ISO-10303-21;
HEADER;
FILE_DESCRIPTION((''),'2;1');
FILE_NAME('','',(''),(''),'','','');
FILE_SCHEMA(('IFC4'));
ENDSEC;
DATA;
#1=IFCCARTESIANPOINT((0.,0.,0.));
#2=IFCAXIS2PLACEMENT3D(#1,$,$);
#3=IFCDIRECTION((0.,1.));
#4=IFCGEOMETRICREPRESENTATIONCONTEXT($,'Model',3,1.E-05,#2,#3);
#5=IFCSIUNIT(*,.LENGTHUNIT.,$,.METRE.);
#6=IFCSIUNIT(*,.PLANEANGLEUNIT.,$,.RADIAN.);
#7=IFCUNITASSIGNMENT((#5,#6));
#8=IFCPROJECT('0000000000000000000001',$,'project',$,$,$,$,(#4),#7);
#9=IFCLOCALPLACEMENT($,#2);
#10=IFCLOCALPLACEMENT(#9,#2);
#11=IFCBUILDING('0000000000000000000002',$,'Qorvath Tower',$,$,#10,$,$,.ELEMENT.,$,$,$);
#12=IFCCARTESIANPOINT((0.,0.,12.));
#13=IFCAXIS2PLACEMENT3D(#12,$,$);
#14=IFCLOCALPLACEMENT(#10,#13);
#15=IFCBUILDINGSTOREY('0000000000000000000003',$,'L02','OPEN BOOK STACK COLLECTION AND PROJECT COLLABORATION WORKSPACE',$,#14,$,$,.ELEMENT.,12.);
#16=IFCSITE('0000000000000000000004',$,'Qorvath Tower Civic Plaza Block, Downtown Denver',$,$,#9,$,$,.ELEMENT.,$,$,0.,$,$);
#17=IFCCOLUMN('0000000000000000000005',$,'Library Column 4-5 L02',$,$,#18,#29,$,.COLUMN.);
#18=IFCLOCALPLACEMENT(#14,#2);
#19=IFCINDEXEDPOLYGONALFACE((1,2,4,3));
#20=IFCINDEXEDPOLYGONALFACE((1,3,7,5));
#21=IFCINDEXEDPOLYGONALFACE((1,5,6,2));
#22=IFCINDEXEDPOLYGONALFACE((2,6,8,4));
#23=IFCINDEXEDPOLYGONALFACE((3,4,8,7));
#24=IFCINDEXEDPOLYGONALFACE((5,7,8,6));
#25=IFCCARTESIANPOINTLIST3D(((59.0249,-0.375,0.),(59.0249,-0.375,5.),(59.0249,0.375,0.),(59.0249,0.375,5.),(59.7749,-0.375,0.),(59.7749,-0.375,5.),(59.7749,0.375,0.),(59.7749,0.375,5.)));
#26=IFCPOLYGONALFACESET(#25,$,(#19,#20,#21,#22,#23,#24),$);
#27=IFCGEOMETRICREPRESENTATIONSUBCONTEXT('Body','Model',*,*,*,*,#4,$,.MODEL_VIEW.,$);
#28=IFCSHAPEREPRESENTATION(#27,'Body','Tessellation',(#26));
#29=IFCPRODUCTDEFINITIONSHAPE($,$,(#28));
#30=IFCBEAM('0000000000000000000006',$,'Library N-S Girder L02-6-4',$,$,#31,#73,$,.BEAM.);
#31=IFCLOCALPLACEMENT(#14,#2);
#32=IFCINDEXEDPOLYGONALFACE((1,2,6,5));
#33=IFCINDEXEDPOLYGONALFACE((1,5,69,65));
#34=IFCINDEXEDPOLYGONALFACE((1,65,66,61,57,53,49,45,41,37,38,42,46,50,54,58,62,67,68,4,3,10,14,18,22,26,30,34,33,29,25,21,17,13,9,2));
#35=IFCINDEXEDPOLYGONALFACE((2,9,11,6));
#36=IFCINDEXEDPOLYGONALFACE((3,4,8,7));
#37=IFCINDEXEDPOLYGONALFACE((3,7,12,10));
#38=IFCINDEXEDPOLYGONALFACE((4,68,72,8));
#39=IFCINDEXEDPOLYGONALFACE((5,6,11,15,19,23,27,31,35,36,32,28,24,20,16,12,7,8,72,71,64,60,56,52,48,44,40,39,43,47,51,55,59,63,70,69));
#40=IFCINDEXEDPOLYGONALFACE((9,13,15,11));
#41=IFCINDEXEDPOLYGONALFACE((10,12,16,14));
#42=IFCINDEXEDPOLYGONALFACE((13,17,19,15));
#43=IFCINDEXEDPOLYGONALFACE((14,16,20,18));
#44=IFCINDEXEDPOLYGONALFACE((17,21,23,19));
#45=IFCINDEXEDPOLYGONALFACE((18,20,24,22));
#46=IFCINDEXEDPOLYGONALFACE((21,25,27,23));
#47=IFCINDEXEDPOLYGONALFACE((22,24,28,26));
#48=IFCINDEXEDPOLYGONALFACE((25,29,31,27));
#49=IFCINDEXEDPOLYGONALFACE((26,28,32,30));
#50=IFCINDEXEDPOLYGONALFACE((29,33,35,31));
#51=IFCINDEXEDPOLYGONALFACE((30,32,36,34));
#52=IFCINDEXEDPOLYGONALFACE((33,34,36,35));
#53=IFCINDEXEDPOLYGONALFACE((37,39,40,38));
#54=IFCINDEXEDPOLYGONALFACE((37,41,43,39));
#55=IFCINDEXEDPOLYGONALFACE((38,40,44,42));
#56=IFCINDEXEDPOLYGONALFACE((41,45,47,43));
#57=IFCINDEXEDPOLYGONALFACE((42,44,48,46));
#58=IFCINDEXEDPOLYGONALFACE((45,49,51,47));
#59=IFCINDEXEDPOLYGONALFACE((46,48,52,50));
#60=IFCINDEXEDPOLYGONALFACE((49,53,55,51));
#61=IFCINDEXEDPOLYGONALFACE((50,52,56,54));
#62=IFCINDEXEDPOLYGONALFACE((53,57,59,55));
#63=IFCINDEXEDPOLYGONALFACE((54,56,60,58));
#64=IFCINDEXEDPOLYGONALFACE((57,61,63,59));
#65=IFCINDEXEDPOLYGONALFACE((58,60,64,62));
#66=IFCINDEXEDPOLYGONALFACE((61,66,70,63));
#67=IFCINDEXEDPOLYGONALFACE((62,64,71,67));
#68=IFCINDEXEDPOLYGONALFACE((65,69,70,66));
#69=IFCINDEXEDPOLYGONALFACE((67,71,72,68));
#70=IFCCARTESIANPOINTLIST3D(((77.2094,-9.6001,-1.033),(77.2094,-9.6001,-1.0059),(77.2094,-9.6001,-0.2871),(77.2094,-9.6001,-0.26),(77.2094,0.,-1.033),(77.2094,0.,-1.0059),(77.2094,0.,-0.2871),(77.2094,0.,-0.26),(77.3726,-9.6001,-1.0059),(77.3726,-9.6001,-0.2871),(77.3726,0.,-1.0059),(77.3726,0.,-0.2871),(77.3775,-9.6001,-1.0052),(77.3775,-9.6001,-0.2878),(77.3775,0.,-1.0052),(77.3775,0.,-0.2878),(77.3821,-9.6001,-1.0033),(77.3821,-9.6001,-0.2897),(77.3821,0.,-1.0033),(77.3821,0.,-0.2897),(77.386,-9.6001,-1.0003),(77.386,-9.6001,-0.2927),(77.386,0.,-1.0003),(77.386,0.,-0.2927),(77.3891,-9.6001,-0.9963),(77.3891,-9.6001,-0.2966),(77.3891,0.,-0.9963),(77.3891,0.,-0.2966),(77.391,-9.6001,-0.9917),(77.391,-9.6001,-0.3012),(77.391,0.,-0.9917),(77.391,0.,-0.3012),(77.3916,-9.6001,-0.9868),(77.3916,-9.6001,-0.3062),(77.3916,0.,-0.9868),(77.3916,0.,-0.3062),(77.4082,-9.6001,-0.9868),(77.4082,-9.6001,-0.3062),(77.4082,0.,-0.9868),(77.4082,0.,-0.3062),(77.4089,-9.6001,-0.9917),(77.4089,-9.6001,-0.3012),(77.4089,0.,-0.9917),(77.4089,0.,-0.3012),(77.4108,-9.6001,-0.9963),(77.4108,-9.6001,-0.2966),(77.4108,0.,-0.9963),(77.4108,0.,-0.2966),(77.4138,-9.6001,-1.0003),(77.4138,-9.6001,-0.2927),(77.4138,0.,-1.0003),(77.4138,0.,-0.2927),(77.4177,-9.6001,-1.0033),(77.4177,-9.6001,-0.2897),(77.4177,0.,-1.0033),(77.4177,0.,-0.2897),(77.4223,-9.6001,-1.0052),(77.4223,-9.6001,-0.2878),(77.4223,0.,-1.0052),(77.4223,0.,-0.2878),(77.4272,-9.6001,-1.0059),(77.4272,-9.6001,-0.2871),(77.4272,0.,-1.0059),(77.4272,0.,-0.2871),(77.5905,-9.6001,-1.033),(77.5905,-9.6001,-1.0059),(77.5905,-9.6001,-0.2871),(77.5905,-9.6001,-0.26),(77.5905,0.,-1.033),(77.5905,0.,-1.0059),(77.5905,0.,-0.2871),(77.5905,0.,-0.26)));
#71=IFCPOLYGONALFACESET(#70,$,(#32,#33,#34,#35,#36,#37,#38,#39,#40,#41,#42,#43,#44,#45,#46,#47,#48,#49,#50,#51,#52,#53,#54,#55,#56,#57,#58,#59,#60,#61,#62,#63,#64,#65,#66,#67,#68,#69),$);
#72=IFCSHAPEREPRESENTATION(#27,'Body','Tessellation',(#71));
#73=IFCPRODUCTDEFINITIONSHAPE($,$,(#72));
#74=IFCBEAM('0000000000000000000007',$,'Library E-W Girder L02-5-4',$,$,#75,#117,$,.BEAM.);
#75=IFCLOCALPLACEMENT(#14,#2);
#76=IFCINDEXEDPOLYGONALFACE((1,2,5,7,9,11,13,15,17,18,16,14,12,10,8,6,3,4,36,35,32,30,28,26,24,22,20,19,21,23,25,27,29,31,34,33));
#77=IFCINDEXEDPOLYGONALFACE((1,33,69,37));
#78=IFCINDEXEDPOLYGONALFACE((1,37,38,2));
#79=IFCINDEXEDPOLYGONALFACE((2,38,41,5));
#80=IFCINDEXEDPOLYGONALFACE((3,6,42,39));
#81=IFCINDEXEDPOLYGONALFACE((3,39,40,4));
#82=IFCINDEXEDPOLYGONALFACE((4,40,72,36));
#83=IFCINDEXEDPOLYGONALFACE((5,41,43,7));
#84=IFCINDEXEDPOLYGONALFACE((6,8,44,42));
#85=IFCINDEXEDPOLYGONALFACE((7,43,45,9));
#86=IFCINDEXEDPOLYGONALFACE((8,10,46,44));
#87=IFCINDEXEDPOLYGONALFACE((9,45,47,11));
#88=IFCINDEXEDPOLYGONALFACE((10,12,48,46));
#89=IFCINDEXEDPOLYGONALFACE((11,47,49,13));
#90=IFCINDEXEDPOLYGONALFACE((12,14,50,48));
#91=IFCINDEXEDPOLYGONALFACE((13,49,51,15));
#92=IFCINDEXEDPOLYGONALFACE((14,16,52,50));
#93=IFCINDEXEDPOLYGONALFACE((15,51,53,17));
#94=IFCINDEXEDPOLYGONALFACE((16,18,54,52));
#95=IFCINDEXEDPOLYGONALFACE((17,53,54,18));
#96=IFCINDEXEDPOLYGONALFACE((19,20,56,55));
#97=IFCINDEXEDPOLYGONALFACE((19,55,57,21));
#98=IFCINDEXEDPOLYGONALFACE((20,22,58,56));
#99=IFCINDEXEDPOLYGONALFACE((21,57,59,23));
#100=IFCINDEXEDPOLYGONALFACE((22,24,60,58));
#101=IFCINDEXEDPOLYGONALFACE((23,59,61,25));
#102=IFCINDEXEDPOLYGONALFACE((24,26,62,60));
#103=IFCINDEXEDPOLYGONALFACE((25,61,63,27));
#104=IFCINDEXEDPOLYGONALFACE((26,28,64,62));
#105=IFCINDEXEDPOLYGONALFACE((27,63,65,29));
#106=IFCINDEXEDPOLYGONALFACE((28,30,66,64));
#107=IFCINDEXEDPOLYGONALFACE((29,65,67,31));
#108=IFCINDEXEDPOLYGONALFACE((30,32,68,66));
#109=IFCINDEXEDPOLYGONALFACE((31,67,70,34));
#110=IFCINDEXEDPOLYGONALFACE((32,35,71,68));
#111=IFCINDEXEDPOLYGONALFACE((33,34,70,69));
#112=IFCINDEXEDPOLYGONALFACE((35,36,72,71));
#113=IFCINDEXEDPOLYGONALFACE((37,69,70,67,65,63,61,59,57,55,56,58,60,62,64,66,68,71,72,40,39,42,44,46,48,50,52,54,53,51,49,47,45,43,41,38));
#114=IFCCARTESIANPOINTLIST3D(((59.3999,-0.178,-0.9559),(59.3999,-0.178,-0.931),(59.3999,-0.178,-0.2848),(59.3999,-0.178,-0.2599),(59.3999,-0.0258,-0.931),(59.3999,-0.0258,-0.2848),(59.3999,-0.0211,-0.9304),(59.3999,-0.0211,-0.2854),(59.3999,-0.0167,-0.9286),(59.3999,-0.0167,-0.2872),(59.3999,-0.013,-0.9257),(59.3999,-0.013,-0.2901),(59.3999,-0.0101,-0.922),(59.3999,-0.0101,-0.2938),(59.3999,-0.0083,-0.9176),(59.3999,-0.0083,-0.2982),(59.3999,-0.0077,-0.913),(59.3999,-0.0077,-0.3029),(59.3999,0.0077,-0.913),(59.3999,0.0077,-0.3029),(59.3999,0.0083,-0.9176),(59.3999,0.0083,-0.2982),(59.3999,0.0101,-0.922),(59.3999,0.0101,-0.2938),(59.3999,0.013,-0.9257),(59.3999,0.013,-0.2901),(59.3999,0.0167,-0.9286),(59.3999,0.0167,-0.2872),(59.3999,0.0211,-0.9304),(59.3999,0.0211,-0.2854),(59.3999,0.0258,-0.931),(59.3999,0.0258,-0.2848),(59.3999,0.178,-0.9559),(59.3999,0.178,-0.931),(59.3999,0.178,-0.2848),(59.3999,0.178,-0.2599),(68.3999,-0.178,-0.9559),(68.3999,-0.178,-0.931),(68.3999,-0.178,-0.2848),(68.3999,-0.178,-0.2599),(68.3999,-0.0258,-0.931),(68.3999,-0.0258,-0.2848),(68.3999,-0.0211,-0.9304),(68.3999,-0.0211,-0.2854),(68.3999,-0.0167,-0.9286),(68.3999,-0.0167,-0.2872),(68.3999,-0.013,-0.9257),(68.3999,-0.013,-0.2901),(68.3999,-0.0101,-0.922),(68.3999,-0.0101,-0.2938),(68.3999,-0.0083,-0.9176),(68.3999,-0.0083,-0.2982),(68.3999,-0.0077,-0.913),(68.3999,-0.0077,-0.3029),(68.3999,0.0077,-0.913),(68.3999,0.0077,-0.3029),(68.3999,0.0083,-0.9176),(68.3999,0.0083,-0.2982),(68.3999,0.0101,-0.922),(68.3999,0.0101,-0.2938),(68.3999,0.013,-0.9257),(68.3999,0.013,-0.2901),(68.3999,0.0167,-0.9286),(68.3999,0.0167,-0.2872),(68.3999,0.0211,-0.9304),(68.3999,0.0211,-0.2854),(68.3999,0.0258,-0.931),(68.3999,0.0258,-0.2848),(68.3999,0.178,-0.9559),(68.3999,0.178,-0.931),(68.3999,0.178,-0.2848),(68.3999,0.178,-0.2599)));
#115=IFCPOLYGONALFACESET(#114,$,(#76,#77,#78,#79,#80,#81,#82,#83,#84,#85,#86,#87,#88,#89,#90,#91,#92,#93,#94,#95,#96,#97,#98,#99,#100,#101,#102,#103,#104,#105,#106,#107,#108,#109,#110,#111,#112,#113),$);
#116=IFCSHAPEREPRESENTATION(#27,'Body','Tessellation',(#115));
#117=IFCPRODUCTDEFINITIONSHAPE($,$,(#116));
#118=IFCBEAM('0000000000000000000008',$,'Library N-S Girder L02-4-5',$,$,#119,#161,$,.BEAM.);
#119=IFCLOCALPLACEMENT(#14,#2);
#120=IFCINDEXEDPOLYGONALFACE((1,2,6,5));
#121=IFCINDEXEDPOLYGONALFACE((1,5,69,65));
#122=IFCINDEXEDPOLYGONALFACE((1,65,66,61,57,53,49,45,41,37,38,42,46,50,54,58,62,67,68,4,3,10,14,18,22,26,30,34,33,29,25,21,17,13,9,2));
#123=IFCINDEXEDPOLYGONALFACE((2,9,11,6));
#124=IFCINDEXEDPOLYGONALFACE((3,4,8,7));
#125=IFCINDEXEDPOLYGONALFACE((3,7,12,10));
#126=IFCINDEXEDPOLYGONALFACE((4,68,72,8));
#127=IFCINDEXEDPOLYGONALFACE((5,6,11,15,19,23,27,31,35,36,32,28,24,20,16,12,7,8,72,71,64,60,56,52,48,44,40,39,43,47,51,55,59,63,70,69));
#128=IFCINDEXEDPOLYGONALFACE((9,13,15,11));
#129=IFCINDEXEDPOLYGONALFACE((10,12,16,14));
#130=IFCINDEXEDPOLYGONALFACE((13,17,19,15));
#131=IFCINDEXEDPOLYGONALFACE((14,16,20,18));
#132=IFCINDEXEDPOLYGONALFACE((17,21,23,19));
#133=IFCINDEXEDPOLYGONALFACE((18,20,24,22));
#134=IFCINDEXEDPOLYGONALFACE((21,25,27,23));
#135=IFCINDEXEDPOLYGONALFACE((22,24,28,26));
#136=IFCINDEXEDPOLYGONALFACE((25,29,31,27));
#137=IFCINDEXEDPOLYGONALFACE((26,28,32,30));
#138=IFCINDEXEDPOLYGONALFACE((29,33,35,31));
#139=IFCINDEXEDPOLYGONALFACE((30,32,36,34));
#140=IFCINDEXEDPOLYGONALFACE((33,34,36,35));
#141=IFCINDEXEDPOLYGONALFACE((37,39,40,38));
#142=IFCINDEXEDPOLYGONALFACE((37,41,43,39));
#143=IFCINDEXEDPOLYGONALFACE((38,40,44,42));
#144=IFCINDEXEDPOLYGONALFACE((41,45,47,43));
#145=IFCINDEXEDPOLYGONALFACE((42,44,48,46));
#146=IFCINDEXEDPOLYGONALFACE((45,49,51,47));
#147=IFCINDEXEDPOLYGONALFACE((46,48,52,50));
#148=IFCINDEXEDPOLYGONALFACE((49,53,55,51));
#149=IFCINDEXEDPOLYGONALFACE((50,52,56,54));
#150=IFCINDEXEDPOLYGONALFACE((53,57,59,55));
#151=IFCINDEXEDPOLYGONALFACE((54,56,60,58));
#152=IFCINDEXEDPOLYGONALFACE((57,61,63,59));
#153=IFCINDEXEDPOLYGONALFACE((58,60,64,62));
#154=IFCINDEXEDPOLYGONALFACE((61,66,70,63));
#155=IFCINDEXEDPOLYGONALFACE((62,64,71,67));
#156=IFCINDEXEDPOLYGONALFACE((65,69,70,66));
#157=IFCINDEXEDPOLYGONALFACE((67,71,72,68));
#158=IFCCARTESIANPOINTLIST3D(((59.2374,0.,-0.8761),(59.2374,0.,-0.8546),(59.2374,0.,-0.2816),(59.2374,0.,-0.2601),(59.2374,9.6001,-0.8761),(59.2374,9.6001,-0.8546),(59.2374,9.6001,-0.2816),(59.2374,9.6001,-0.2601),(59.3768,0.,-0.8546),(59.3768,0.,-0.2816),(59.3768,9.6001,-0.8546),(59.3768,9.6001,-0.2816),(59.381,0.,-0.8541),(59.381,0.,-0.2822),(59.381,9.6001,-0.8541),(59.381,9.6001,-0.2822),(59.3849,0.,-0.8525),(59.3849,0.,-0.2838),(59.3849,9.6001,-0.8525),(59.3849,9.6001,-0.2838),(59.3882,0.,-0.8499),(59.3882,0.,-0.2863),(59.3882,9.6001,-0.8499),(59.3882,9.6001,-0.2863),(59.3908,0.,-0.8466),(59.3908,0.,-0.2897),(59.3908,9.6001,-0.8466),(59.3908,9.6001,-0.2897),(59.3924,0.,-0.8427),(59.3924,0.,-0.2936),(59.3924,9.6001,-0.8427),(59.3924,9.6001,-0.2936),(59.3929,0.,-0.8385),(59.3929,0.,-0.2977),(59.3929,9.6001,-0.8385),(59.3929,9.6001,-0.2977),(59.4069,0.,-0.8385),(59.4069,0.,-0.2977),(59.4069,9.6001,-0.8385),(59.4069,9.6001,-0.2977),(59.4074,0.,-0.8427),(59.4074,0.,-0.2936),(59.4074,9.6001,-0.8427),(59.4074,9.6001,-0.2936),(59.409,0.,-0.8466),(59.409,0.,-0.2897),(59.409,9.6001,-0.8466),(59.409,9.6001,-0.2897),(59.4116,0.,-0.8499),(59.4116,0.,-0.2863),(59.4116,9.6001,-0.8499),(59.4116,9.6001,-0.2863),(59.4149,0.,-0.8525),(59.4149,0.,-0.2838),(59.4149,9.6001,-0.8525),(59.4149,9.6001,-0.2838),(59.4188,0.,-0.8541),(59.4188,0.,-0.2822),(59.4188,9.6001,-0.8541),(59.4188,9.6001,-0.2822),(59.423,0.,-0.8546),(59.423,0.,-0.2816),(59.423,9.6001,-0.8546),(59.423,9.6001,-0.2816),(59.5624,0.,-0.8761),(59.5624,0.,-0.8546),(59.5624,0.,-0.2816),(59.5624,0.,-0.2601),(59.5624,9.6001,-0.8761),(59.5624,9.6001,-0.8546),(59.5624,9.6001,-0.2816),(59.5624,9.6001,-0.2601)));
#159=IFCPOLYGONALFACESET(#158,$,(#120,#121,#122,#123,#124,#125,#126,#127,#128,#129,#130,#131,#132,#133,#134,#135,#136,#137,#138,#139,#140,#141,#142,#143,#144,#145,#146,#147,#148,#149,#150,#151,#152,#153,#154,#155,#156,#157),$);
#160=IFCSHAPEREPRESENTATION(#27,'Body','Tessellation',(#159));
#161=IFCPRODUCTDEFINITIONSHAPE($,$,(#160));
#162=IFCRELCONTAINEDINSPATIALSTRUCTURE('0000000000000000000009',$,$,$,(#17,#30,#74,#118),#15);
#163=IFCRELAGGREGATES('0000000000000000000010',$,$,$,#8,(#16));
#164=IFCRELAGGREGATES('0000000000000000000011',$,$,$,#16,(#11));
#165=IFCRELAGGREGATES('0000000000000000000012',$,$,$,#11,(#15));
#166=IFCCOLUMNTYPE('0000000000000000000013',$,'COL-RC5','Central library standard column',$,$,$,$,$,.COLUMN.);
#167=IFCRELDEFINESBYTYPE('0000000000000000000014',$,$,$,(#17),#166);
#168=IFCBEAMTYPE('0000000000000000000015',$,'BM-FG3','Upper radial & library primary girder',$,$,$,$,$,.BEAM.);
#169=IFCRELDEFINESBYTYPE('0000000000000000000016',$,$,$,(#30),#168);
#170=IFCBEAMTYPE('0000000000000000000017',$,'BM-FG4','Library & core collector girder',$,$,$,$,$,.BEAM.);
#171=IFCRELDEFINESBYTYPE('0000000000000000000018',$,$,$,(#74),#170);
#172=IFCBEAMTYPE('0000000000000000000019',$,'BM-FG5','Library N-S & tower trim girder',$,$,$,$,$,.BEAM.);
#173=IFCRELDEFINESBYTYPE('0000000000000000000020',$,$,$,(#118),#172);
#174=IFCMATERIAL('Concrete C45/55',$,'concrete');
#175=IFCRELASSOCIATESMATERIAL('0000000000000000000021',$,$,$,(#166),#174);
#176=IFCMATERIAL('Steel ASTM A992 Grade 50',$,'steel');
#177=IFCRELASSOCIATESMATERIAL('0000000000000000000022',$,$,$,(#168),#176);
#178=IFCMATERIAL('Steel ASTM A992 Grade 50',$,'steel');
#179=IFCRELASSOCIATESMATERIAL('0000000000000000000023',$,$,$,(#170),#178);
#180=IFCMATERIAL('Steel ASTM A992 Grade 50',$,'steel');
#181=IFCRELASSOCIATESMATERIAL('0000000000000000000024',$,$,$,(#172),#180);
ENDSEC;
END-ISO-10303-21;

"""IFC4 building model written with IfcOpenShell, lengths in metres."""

from ifc_helpers import new_model, si_unit, direction, frame, origin, origin_2d, place, context, subcontext, project, spatial, rectangle, i_section, extrude, material, material_profile, profile_set, type_object, element, save


model = new_model("IFC4")

# Units and contexts
model_context = context("Model", 3, precision=1e-05, world=origin(), true_north=direction((0.0, 1.0)))
body_context = subcontext(model_context, "Body", "Model", "MODEL_VIEW")
ifc_project = project(units=[si_unit("LENGTHUNIT", "METRE"), si_unit("PLANEANGLEUNIT", "RADIAN")], contexts=[model_context])

# Site, building, storey
site_placement = place(None, origin())
site = spatial("IfcSite", under=ifc_project, at=site_placement, Name="Qorvath Tower Civic Plaza Block, Downtown Denver", CompositionType="ELEMENT", RefElevation=0.0)
building_placement = place(site_placement, origin())
building = spatial("IfcBuilding", under=site, at=building_placement, Name="Qorvath Tower", CompositionType="ELEMENT")
storey_placement = place(building_placement, frame((0.0, 0.0, 12.0)))
storey = spatial("IfcBuildingStorey", under=building, at=storey_placement, Name="L02", Description="OPEN BOOK STACK COLLECTION AND PROJECT COLLABORATION WORKSPACE", CompositionType="ELEMENT", Elevation=12.0)

# Column
ifc_material_1 = material(Name="Concrete C45/55", Category="concrete")
ifc_material_profile_1 = material_profile(ifc_material_1, rectangle(XDim=0.75, YDim=0.75, at=origin_2d()), Name="RC 750x750")
ifc_profile_set_1 = profile_set([ifc_material_profile_1], Name="Concrete C45/55")
column_type = type_object("IfcColumnType", Name="COL-RC5", Description="Central library standard column", PredefinedType="COLUMN", material=ifc_profile_set_1)
column_placement = place(storey_placement, frame((59.3999, 0.0, 0.0), z_axis=(0.0, 0.0, 1.0), x_axis=(1.0, 0.0, 0.0)))
element("IfcColumn", 1, at=column_placement, inside=storey, type_object=column_type, Name="Library Column 4-5 L02", PredefinedType="COLUMN", context=body_context, shape_type="SweptSolid", body=[
    extrude(rectangle(XDim=0.75, YDim=0.75, at=origin_2d()), origin(), (0.0, 0.0, 1.0), 5.0),
])

# Beams
ifc_material_2 = material(Name="Steel ASTM A992 Grade 50", Category="steel")
ifc_material_profile_2 = material_profile(ifc_material_2, i_section(OverallWidth=0.3811, OverallDepth=0.7729, WebThickness=0.0166, FlangeThickness=0.0271, FilletRadius=0.019, at=origin_2d()), Name="W30x173")
ifc_profile_set_2 = profile_set([ifc_material_profile_2], Name="Steel ASTM A992 Grade 50")
beam_type_1 = type_object("IfcBeamType", Name="BM-FG3", Description="Upper radial & library primary girder", PredefinedType="BEAM", material=ifc_profile_set_2)
beam_1_placement = place(storey_placement, frame((77.3999, -9.6001, -0.6465), z_axis=(0.0, 1.0, 0.0), x_axis=(-1.0, 0.0, 0.0)))
element("IfcBeam", 2, at=beam_1_placement, inside=storey, type_object=beam_type_1, Name="Library N-S Girder L02-6-4", PredefinedType="BEAM", context=body_context, shape_type="SweptSolid", body=[
    extrude(i_section(OverallWidth=0.3811, OverallDepth=0.7729, WebThickness=0.0166, FlangeThickness=0.0271, FilletRadius=0.019, at=origin_2d()), origin(), (0.0, 0.0, 1.0), 9.6001),
])
ifc_material_3 = material(Name="Steel ASTM A992 Grade 50", Category="steel")
ifc_material_profile_3 = material_profile(ifc_material_3, i_section(OverallWidth=0.356, OverallDepth=0.696, WebThickness=0.0154, FlangeThickness=0.0249, FilletRadius=0.0181, at=origin_2d()), Name="W27x146")
ifc_profile_set_3 = profile_set([ifc_material_profile_3], Name="Steel ASTM A992 Grade 50")
beam_type_2 = type_object("IfcBeamType", Name="BM-FG4", Description="Library & core collector girder", PredefinedType="BEAM", material=ifc_profile_set_3)
beam_2_placement = place(storey_placement, frame((59.3999, 0.0, -0.6079), z_axis=(1.0, 0.0, 0.0), x_axis=(0.0, 1.0, 0.0)))
element("IfcBeam", 3, at=beam_2_placement, inside=storey, type_object=beam_type_2, Name="Library E-W Girder L02-5-4", PredefinedType="BEAM", context=body_context, shape_type="SweptSolid", body=[
    extrude(i_section(OverallWidth=0.356, OverallDepth=0.696, WebThickness=0.0154, FlangeThickness=0.0249, FilletRadius=0.0181, at=origin_2d()), origin(), (0.0, 0.0, 1.0), 9.0),
])
ifc_material_4 = material(Name="Steel ASTM A992 Grade 50", Category="steel")
ifc_material_profile_4 = material_profile(ifc_material_4, i_section(OverallWidth=0.325, OverallDepth=0.616, WebThickness=0.0139, FlangeThickness=0.0215, FilletRadius=0.0161, at=origin_2d()), Name="W24x117")
ifc_profile_set_4 = profile_set([ifc_material_profile_4], Name="Steel ASTM A992 Grade 50")
beam_type_3 = type_object("IfcBeamType", Name="BM-FG5", Description="Library N-S & tower trim girder", PredefinedType="BEAM", material=ifc_profile_set_4)
beam_3_placement = place(storey_placement, frame((59.3999, 0.0, -0.5681), z_axis=(0.0, 1.0, 0.0), x_axis=(-1.0, 0.0, 0.0)))
element("IfcBeam", 4, at=beam_3_placement, inside=storey, type_object=beam_type_3, Name="Library N-S Girder L02-4-5", PredefinedType="BEAM", context=body_context, shape_type="SweptSolid", body=[
    extrude(i_section(OverallWidth=0.325, OverallDepth=0.616, WebThickness=0.0139, FlangeThickness=0.0215, FilletRadius=0.0161, at=origin_2d()), origin(), (0.0, 0.0, 1.0), 9.6001),
])

save(model, "model.ifc")
